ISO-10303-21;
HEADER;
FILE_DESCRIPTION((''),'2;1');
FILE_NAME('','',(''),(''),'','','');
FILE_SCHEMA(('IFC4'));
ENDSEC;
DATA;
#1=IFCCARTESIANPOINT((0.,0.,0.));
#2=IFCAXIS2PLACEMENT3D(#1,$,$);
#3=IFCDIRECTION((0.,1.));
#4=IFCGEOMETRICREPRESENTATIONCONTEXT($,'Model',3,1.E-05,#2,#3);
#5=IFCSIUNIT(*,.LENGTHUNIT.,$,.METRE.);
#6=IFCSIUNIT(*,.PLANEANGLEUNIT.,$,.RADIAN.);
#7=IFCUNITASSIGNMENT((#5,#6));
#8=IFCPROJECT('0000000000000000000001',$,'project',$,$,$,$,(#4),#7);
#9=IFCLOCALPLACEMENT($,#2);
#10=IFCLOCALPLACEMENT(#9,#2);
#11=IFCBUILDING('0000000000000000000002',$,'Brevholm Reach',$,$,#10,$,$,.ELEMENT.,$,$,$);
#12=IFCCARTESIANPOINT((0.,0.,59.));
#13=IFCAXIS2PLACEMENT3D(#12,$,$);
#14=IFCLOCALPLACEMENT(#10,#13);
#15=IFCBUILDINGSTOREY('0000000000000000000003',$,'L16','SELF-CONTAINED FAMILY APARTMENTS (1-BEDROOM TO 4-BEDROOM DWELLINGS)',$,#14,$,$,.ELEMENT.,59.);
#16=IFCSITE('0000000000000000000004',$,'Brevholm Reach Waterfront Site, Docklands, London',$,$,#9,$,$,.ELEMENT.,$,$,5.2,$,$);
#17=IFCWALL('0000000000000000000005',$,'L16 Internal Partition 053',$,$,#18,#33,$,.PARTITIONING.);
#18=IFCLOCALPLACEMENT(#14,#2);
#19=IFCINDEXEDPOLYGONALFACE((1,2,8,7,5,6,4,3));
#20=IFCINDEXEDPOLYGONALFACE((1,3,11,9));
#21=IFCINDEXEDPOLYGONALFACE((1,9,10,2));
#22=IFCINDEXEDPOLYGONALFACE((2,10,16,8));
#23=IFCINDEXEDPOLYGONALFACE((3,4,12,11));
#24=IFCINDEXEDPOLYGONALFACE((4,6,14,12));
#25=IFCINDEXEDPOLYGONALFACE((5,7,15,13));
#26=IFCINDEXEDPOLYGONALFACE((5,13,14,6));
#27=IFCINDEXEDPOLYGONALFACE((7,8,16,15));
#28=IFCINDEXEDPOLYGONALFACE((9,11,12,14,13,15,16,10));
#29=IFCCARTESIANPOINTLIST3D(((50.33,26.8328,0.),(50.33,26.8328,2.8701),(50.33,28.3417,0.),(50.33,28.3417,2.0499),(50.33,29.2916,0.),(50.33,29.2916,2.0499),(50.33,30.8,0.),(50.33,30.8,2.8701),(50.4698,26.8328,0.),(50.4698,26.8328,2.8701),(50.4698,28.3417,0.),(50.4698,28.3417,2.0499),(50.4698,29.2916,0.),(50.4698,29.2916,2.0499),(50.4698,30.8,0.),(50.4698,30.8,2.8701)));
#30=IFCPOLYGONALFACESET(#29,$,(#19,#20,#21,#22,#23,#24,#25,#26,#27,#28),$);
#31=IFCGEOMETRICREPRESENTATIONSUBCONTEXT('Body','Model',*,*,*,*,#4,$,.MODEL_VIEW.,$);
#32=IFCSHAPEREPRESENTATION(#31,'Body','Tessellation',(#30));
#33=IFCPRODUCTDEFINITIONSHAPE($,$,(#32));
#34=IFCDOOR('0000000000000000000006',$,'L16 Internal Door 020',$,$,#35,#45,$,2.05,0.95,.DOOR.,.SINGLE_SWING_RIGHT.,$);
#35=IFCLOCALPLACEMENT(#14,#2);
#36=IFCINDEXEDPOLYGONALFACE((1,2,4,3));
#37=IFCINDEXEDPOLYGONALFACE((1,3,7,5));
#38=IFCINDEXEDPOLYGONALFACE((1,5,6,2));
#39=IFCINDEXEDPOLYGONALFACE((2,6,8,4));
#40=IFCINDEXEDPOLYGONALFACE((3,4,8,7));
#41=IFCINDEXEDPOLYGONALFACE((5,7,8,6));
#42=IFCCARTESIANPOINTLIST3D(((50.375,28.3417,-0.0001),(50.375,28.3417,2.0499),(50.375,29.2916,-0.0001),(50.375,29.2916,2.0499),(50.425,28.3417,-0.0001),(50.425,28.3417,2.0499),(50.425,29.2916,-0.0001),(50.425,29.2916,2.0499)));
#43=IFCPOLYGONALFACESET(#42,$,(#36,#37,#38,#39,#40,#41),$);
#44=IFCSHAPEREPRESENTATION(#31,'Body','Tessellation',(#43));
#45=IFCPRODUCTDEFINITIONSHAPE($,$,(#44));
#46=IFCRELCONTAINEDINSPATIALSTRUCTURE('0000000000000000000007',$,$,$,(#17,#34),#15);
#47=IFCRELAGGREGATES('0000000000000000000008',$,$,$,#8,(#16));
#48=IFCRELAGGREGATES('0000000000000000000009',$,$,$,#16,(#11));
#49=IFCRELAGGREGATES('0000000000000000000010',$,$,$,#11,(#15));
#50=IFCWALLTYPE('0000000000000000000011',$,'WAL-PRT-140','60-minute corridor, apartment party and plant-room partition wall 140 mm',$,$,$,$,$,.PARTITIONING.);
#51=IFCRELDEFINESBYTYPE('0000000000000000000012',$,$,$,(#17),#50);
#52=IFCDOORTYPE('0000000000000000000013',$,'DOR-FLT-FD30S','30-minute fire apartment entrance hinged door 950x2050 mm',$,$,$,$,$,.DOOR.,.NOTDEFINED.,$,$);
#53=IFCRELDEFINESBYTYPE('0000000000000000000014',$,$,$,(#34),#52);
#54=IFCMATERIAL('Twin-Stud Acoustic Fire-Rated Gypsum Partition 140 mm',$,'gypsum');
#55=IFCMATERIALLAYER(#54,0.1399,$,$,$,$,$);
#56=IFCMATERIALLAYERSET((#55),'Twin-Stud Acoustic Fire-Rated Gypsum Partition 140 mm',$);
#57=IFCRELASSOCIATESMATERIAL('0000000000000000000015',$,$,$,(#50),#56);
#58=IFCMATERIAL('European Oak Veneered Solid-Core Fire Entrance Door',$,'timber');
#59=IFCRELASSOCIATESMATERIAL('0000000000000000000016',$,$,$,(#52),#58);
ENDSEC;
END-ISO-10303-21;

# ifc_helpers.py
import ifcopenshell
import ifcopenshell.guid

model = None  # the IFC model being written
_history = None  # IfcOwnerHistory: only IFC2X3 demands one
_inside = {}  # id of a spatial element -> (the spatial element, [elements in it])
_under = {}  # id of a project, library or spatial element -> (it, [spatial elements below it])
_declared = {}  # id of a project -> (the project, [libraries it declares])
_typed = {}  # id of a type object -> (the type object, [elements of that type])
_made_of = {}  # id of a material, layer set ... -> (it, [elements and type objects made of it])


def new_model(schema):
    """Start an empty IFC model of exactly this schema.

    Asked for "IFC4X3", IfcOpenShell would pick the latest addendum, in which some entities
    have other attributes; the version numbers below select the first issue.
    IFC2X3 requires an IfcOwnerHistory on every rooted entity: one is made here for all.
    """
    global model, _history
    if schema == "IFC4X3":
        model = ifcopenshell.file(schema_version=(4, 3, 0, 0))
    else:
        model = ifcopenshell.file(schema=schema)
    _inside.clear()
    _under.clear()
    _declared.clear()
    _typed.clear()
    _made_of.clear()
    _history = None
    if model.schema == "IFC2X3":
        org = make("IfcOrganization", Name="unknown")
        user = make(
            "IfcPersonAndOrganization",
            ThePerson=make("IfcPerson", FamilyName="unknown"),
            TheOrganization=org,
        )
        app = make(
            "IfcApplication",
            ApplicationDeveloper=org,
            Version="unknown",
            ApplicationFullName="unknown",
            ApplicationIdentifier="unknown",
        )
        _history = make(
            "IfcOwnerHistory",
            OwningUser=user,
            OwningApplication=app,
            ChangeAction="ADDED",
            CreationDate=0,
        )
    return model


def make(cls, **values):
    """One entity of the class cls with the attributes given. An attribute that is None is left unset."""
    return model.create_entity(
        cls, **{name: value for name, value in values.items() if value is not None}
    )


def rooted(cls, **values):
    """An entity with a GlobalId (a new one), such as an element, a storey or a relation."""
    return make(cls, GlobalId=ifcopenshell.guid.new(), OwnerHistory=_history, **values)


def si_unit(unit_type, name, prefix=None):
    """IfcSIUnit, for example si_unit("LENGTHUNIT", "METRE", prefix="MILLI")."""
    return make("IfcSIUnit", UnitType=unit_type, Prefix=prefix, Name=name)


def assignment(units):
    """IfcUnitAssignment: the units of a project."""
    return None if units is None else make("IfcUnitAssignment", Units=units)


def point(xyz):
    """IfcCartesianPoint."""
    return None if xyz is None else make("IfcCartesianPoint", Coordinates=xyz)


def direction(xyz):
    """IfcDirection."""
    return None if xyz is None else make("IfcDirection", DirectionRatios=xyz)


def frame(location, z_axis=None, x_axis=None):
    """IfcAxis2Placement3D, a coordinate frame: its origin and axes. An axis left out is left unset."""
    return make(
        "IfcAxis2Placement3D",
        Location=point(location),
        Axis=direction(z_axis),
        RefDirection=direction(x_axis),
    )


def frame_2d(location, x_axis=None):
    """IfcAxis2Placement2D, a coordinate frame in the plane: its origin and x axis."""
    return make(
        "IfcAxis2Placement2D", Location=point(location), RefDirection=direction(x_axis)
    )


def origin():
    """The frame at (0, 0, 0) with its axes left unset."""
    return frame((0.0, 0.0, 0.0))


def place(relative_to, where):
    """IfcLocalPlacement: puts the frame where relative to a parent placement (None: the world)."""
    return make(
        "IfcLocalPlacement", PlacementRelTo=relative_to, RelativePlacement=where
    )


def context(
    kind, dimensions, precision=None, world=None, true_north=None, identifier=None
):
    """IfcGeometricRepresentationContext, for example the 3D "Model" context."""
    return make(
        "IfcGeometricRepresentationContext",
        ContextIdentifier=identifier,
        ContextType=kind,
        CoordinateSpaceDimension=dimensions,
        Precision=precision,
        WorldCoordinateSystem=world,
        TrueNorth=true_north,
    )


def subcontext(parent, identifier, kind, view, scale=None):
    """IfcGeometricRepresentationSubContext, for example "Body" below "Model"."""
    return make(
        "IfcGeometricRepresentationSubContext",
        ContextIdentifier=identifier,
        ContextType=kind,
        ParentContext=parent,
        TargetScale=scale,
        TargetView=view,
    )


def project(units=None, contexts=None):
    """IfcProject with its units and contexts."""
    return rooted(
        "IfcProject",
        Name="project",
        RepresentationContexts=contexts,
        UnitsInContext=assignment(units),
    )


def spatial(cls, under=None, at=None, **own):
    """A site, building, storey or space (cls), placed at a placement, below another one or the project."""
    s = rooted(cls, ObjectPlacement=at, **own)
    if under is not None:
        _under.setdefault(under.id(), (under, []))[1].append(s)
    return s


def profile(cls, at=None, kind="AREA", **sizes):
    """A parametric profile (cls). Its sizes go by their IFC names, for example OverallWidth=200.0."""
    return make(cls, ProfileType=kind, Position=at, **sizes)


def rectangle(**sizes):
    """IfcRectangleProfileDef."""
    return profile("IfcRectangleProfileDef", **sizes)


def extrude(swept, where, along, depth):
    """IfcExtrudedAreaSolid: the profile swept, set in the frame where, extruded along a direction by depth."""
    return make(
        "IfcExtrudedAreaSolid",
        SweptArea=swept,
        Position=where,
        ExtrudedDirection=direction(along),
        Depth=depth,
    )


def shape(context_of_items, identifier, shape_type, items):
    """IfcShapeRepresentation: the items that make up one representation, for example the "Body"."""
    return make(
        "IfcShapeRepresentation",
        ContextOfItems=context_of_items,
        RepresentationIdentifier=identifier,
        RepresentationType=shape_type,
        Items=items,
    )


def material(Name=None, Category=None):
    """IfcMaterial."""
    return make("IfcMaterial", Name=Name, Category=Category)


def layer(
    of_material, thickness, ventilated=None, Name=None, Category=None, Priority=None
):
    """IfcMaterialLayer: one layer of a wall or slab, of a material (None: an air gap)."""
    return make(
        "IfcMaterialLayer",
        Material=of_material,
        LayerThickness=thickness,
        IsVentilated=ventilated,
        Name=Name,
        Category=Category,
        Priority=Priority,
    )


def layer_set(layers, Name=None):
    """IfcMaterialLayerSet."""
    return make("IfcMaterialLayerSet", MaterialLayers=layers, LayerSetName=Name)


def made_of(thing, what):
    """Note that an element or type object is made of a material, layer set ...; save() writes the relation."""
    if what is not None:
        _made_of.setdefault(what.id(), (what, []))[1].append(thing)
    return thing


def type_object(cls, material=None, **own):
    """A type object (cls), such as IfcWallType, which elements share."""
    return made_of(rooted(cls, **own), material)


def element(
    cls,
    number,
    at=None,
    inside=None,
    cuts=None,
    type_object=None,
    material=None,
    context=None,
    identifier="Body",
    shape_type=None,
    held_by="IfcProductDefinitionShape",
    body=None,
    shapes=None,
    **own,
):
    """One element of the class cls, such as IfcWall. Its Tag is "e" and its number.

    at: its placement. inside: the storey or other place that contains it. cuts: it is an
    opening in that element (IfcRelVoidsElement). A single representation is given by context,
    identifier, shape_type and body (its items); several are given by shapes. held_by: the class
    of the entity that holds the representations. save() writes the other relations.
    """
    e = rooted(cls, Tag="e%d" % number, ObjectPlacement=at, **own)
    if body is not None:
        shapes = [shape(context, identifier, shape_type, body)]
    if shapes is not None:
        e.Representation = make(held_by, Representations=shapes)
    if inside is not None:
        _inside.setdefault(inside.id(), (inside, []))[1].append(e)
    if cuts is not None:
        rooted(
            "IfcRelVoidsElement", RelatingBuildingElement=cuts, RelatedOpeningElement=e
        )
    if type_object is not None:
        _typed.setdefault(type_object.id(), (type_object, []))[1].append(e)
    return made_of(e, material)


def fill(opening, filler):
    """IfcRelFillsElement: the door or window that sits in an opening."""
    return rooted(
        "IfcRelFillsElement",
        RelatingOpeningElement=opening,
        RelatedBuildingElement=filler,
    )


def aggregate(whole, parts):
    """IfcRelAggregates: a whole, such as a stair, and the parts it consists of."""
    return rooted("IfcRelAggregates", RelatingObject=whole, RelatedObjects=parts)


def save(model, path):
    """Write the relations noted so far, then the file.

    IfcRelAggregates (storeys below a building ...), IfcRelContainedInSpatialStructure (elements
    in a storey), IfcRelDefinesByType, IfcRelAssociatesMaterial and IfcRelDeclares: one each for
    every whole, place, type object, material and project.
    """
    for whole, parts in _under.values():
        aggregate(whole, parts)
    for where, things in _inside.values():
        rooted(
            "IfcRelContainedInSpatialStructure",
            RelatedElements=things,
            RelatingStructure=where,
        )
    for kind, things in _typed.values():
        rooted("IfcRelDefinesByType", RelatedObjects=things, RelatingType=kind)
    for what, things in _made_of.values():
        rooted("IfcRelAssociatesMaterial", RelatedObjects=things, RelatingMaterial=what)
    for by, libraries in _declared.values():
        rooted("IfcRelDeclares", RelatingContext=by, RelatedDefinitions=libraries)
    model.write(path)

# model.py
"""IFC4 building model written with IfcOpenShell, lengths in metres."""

from ifc_helpers import new_model, si_unit, direction, frame, frame_2d, origin, place, context, subcontext, project, spatial, rectangle, extrude, material, layer, layer_set, type_object, element, fill, save


model = new_model("IFC4")

# Units and contexts
model_context = context("Model", 3, precision=1e-05, world=origin(), true_north=direction((0.0, 1.0)))
body_context = subcontext(model_context, "Body", "Model", "MODEL_VIEW")
ifc_project = project(units=[si_unit("LENGTHUNIT", "METRE"), si_unit("PLANEANGLEUNIT", "RADIAN")], contexts=[model_context])

# Site, building, storey
site_placement = place(None, origin())
site = spatial("IfcSite", under=ifc_project, at=site_placement, Name="Brevholm Reach Waterfront Site, Docklands, London", CompositionType="ELEMENT", RefElevation=5.2)
building_placement = place(site_placement, origin())
building = spatial("IfcBuilding", under=site, at=building_placement, Name="Brevholm Reach", CompositionType="ELEMENT")
storey_placement = place(building_placement, frame((0.0, 0.0, 59.0)))
storey = spatial("IfcBuildingStorey", under=building, at=storey_placement, Name="L16", Description="SELF-CONTAINED FAMILY APARTMENTS (1-BEDROOM TO 4-BEDROOM DWELLINGS)", CompositionType="ELEMENT", Elevation=59.0)

# Shared definitions
ifc_material_1 = material(Name="Twin-Stud Acoustic Fire-Rated Gypsum Partition 140 mm", Category="gypsum")
ifc_layer_1 = layer(ifc_material_1, 0.1399)
ifc_layer_set_1 = layer_set([ifc_layer_1], Name="Twin-Stud Acoustic Fire-Rated Gypsum Partition 140 mm")
wall_type_1 = type_object("IfcWallType", Name="WAL-PRT-140", Description="60-minute corridor, apartment party and plant-room partition wall 140 mm", PredefinedType="PARTITIONING", material=ifc_layer_set_1)

# Wall, opening, door
wall_1_placement = place(storey_placement, frame((50.3999, 26.8328, 0.0), z_axis=(0.0, 0.0, 1.0), x_axis=(0.0, 1.0, 0.0)))
wall_1 = element("IfcWall", 1, at=wall_1_placement, inside=storey, type_object=wall_type_1, Name="L16 Internal Partition 053", PredefinedType="PARTITIONING", context=body_context, shape_type="SweptSolid", body=[
    extrude(rectangle(XDim=3.9673, YDim=0.1399, at=frame_2d((1.9836, 0.0))), origin(), (0.0, 0.0, 1.0), 2.8701),
])
opening_1_placement = place(wall_1_placement, frame((1.5088, 0.0, 0.0)))
opening_1 = element("IfcOpeningElement", 2, at=opening_1_placement, cuts=wall_1, PredefinedType="OPENING", context=body_context, shape_type="SweptSolid", body=[
    extrude(rectangle(XDim=0.95, YDim=2.05, at=frame_2d((0.4751, 1.0249))), frame((0.0, 0.0798, 0.0), z_axis=(0.0, -1.0, 0.0), x_axis=(1.0, 0.0, 0.0)), (0.0, 0.0, 1.0), 0.1599),
])
ifc_material_2 = material(Name="European Oak Veneered Solid-Core Fire Entrance Door", Category="timber")
door_type_1 = type_object("IfcDoorType", Name="DOR-FLT-FD30S", Description="30-minute fire apartment entrance hinged door 950x2050 mm", OperationType="NOTDEFINED", PredefinedType="DOOR", material=ifc_material_2)
door_1_placement = place(opening_1_placement, origin())
door_1 = element("IfcDoor", 3, at=door_1_placement, inside=storey, type_object=door_type_1, Name="L16 Internal Door 020", OperationType="SINGLE_SWING_RIGHT", OverallHeight=2.05, OverallWidth=0.95, PredefinedType="DOOR", context=body_context, shape_type="SweptSolid", body=[
    extrude(rectangle(XDim=0.95, YDim=2.05, at=frame_2d((0.4751, 1.0249))), frame((0.0, 0.0249, 0.0), z_axis=(0.0, -1.0, 0.0), x_axis=(1.0, 0.0, 0.0)), (0.0, 0.0, 1.0), 0.05),
])
fill(opening_1, door_1)

save(model, "model.ifc")
